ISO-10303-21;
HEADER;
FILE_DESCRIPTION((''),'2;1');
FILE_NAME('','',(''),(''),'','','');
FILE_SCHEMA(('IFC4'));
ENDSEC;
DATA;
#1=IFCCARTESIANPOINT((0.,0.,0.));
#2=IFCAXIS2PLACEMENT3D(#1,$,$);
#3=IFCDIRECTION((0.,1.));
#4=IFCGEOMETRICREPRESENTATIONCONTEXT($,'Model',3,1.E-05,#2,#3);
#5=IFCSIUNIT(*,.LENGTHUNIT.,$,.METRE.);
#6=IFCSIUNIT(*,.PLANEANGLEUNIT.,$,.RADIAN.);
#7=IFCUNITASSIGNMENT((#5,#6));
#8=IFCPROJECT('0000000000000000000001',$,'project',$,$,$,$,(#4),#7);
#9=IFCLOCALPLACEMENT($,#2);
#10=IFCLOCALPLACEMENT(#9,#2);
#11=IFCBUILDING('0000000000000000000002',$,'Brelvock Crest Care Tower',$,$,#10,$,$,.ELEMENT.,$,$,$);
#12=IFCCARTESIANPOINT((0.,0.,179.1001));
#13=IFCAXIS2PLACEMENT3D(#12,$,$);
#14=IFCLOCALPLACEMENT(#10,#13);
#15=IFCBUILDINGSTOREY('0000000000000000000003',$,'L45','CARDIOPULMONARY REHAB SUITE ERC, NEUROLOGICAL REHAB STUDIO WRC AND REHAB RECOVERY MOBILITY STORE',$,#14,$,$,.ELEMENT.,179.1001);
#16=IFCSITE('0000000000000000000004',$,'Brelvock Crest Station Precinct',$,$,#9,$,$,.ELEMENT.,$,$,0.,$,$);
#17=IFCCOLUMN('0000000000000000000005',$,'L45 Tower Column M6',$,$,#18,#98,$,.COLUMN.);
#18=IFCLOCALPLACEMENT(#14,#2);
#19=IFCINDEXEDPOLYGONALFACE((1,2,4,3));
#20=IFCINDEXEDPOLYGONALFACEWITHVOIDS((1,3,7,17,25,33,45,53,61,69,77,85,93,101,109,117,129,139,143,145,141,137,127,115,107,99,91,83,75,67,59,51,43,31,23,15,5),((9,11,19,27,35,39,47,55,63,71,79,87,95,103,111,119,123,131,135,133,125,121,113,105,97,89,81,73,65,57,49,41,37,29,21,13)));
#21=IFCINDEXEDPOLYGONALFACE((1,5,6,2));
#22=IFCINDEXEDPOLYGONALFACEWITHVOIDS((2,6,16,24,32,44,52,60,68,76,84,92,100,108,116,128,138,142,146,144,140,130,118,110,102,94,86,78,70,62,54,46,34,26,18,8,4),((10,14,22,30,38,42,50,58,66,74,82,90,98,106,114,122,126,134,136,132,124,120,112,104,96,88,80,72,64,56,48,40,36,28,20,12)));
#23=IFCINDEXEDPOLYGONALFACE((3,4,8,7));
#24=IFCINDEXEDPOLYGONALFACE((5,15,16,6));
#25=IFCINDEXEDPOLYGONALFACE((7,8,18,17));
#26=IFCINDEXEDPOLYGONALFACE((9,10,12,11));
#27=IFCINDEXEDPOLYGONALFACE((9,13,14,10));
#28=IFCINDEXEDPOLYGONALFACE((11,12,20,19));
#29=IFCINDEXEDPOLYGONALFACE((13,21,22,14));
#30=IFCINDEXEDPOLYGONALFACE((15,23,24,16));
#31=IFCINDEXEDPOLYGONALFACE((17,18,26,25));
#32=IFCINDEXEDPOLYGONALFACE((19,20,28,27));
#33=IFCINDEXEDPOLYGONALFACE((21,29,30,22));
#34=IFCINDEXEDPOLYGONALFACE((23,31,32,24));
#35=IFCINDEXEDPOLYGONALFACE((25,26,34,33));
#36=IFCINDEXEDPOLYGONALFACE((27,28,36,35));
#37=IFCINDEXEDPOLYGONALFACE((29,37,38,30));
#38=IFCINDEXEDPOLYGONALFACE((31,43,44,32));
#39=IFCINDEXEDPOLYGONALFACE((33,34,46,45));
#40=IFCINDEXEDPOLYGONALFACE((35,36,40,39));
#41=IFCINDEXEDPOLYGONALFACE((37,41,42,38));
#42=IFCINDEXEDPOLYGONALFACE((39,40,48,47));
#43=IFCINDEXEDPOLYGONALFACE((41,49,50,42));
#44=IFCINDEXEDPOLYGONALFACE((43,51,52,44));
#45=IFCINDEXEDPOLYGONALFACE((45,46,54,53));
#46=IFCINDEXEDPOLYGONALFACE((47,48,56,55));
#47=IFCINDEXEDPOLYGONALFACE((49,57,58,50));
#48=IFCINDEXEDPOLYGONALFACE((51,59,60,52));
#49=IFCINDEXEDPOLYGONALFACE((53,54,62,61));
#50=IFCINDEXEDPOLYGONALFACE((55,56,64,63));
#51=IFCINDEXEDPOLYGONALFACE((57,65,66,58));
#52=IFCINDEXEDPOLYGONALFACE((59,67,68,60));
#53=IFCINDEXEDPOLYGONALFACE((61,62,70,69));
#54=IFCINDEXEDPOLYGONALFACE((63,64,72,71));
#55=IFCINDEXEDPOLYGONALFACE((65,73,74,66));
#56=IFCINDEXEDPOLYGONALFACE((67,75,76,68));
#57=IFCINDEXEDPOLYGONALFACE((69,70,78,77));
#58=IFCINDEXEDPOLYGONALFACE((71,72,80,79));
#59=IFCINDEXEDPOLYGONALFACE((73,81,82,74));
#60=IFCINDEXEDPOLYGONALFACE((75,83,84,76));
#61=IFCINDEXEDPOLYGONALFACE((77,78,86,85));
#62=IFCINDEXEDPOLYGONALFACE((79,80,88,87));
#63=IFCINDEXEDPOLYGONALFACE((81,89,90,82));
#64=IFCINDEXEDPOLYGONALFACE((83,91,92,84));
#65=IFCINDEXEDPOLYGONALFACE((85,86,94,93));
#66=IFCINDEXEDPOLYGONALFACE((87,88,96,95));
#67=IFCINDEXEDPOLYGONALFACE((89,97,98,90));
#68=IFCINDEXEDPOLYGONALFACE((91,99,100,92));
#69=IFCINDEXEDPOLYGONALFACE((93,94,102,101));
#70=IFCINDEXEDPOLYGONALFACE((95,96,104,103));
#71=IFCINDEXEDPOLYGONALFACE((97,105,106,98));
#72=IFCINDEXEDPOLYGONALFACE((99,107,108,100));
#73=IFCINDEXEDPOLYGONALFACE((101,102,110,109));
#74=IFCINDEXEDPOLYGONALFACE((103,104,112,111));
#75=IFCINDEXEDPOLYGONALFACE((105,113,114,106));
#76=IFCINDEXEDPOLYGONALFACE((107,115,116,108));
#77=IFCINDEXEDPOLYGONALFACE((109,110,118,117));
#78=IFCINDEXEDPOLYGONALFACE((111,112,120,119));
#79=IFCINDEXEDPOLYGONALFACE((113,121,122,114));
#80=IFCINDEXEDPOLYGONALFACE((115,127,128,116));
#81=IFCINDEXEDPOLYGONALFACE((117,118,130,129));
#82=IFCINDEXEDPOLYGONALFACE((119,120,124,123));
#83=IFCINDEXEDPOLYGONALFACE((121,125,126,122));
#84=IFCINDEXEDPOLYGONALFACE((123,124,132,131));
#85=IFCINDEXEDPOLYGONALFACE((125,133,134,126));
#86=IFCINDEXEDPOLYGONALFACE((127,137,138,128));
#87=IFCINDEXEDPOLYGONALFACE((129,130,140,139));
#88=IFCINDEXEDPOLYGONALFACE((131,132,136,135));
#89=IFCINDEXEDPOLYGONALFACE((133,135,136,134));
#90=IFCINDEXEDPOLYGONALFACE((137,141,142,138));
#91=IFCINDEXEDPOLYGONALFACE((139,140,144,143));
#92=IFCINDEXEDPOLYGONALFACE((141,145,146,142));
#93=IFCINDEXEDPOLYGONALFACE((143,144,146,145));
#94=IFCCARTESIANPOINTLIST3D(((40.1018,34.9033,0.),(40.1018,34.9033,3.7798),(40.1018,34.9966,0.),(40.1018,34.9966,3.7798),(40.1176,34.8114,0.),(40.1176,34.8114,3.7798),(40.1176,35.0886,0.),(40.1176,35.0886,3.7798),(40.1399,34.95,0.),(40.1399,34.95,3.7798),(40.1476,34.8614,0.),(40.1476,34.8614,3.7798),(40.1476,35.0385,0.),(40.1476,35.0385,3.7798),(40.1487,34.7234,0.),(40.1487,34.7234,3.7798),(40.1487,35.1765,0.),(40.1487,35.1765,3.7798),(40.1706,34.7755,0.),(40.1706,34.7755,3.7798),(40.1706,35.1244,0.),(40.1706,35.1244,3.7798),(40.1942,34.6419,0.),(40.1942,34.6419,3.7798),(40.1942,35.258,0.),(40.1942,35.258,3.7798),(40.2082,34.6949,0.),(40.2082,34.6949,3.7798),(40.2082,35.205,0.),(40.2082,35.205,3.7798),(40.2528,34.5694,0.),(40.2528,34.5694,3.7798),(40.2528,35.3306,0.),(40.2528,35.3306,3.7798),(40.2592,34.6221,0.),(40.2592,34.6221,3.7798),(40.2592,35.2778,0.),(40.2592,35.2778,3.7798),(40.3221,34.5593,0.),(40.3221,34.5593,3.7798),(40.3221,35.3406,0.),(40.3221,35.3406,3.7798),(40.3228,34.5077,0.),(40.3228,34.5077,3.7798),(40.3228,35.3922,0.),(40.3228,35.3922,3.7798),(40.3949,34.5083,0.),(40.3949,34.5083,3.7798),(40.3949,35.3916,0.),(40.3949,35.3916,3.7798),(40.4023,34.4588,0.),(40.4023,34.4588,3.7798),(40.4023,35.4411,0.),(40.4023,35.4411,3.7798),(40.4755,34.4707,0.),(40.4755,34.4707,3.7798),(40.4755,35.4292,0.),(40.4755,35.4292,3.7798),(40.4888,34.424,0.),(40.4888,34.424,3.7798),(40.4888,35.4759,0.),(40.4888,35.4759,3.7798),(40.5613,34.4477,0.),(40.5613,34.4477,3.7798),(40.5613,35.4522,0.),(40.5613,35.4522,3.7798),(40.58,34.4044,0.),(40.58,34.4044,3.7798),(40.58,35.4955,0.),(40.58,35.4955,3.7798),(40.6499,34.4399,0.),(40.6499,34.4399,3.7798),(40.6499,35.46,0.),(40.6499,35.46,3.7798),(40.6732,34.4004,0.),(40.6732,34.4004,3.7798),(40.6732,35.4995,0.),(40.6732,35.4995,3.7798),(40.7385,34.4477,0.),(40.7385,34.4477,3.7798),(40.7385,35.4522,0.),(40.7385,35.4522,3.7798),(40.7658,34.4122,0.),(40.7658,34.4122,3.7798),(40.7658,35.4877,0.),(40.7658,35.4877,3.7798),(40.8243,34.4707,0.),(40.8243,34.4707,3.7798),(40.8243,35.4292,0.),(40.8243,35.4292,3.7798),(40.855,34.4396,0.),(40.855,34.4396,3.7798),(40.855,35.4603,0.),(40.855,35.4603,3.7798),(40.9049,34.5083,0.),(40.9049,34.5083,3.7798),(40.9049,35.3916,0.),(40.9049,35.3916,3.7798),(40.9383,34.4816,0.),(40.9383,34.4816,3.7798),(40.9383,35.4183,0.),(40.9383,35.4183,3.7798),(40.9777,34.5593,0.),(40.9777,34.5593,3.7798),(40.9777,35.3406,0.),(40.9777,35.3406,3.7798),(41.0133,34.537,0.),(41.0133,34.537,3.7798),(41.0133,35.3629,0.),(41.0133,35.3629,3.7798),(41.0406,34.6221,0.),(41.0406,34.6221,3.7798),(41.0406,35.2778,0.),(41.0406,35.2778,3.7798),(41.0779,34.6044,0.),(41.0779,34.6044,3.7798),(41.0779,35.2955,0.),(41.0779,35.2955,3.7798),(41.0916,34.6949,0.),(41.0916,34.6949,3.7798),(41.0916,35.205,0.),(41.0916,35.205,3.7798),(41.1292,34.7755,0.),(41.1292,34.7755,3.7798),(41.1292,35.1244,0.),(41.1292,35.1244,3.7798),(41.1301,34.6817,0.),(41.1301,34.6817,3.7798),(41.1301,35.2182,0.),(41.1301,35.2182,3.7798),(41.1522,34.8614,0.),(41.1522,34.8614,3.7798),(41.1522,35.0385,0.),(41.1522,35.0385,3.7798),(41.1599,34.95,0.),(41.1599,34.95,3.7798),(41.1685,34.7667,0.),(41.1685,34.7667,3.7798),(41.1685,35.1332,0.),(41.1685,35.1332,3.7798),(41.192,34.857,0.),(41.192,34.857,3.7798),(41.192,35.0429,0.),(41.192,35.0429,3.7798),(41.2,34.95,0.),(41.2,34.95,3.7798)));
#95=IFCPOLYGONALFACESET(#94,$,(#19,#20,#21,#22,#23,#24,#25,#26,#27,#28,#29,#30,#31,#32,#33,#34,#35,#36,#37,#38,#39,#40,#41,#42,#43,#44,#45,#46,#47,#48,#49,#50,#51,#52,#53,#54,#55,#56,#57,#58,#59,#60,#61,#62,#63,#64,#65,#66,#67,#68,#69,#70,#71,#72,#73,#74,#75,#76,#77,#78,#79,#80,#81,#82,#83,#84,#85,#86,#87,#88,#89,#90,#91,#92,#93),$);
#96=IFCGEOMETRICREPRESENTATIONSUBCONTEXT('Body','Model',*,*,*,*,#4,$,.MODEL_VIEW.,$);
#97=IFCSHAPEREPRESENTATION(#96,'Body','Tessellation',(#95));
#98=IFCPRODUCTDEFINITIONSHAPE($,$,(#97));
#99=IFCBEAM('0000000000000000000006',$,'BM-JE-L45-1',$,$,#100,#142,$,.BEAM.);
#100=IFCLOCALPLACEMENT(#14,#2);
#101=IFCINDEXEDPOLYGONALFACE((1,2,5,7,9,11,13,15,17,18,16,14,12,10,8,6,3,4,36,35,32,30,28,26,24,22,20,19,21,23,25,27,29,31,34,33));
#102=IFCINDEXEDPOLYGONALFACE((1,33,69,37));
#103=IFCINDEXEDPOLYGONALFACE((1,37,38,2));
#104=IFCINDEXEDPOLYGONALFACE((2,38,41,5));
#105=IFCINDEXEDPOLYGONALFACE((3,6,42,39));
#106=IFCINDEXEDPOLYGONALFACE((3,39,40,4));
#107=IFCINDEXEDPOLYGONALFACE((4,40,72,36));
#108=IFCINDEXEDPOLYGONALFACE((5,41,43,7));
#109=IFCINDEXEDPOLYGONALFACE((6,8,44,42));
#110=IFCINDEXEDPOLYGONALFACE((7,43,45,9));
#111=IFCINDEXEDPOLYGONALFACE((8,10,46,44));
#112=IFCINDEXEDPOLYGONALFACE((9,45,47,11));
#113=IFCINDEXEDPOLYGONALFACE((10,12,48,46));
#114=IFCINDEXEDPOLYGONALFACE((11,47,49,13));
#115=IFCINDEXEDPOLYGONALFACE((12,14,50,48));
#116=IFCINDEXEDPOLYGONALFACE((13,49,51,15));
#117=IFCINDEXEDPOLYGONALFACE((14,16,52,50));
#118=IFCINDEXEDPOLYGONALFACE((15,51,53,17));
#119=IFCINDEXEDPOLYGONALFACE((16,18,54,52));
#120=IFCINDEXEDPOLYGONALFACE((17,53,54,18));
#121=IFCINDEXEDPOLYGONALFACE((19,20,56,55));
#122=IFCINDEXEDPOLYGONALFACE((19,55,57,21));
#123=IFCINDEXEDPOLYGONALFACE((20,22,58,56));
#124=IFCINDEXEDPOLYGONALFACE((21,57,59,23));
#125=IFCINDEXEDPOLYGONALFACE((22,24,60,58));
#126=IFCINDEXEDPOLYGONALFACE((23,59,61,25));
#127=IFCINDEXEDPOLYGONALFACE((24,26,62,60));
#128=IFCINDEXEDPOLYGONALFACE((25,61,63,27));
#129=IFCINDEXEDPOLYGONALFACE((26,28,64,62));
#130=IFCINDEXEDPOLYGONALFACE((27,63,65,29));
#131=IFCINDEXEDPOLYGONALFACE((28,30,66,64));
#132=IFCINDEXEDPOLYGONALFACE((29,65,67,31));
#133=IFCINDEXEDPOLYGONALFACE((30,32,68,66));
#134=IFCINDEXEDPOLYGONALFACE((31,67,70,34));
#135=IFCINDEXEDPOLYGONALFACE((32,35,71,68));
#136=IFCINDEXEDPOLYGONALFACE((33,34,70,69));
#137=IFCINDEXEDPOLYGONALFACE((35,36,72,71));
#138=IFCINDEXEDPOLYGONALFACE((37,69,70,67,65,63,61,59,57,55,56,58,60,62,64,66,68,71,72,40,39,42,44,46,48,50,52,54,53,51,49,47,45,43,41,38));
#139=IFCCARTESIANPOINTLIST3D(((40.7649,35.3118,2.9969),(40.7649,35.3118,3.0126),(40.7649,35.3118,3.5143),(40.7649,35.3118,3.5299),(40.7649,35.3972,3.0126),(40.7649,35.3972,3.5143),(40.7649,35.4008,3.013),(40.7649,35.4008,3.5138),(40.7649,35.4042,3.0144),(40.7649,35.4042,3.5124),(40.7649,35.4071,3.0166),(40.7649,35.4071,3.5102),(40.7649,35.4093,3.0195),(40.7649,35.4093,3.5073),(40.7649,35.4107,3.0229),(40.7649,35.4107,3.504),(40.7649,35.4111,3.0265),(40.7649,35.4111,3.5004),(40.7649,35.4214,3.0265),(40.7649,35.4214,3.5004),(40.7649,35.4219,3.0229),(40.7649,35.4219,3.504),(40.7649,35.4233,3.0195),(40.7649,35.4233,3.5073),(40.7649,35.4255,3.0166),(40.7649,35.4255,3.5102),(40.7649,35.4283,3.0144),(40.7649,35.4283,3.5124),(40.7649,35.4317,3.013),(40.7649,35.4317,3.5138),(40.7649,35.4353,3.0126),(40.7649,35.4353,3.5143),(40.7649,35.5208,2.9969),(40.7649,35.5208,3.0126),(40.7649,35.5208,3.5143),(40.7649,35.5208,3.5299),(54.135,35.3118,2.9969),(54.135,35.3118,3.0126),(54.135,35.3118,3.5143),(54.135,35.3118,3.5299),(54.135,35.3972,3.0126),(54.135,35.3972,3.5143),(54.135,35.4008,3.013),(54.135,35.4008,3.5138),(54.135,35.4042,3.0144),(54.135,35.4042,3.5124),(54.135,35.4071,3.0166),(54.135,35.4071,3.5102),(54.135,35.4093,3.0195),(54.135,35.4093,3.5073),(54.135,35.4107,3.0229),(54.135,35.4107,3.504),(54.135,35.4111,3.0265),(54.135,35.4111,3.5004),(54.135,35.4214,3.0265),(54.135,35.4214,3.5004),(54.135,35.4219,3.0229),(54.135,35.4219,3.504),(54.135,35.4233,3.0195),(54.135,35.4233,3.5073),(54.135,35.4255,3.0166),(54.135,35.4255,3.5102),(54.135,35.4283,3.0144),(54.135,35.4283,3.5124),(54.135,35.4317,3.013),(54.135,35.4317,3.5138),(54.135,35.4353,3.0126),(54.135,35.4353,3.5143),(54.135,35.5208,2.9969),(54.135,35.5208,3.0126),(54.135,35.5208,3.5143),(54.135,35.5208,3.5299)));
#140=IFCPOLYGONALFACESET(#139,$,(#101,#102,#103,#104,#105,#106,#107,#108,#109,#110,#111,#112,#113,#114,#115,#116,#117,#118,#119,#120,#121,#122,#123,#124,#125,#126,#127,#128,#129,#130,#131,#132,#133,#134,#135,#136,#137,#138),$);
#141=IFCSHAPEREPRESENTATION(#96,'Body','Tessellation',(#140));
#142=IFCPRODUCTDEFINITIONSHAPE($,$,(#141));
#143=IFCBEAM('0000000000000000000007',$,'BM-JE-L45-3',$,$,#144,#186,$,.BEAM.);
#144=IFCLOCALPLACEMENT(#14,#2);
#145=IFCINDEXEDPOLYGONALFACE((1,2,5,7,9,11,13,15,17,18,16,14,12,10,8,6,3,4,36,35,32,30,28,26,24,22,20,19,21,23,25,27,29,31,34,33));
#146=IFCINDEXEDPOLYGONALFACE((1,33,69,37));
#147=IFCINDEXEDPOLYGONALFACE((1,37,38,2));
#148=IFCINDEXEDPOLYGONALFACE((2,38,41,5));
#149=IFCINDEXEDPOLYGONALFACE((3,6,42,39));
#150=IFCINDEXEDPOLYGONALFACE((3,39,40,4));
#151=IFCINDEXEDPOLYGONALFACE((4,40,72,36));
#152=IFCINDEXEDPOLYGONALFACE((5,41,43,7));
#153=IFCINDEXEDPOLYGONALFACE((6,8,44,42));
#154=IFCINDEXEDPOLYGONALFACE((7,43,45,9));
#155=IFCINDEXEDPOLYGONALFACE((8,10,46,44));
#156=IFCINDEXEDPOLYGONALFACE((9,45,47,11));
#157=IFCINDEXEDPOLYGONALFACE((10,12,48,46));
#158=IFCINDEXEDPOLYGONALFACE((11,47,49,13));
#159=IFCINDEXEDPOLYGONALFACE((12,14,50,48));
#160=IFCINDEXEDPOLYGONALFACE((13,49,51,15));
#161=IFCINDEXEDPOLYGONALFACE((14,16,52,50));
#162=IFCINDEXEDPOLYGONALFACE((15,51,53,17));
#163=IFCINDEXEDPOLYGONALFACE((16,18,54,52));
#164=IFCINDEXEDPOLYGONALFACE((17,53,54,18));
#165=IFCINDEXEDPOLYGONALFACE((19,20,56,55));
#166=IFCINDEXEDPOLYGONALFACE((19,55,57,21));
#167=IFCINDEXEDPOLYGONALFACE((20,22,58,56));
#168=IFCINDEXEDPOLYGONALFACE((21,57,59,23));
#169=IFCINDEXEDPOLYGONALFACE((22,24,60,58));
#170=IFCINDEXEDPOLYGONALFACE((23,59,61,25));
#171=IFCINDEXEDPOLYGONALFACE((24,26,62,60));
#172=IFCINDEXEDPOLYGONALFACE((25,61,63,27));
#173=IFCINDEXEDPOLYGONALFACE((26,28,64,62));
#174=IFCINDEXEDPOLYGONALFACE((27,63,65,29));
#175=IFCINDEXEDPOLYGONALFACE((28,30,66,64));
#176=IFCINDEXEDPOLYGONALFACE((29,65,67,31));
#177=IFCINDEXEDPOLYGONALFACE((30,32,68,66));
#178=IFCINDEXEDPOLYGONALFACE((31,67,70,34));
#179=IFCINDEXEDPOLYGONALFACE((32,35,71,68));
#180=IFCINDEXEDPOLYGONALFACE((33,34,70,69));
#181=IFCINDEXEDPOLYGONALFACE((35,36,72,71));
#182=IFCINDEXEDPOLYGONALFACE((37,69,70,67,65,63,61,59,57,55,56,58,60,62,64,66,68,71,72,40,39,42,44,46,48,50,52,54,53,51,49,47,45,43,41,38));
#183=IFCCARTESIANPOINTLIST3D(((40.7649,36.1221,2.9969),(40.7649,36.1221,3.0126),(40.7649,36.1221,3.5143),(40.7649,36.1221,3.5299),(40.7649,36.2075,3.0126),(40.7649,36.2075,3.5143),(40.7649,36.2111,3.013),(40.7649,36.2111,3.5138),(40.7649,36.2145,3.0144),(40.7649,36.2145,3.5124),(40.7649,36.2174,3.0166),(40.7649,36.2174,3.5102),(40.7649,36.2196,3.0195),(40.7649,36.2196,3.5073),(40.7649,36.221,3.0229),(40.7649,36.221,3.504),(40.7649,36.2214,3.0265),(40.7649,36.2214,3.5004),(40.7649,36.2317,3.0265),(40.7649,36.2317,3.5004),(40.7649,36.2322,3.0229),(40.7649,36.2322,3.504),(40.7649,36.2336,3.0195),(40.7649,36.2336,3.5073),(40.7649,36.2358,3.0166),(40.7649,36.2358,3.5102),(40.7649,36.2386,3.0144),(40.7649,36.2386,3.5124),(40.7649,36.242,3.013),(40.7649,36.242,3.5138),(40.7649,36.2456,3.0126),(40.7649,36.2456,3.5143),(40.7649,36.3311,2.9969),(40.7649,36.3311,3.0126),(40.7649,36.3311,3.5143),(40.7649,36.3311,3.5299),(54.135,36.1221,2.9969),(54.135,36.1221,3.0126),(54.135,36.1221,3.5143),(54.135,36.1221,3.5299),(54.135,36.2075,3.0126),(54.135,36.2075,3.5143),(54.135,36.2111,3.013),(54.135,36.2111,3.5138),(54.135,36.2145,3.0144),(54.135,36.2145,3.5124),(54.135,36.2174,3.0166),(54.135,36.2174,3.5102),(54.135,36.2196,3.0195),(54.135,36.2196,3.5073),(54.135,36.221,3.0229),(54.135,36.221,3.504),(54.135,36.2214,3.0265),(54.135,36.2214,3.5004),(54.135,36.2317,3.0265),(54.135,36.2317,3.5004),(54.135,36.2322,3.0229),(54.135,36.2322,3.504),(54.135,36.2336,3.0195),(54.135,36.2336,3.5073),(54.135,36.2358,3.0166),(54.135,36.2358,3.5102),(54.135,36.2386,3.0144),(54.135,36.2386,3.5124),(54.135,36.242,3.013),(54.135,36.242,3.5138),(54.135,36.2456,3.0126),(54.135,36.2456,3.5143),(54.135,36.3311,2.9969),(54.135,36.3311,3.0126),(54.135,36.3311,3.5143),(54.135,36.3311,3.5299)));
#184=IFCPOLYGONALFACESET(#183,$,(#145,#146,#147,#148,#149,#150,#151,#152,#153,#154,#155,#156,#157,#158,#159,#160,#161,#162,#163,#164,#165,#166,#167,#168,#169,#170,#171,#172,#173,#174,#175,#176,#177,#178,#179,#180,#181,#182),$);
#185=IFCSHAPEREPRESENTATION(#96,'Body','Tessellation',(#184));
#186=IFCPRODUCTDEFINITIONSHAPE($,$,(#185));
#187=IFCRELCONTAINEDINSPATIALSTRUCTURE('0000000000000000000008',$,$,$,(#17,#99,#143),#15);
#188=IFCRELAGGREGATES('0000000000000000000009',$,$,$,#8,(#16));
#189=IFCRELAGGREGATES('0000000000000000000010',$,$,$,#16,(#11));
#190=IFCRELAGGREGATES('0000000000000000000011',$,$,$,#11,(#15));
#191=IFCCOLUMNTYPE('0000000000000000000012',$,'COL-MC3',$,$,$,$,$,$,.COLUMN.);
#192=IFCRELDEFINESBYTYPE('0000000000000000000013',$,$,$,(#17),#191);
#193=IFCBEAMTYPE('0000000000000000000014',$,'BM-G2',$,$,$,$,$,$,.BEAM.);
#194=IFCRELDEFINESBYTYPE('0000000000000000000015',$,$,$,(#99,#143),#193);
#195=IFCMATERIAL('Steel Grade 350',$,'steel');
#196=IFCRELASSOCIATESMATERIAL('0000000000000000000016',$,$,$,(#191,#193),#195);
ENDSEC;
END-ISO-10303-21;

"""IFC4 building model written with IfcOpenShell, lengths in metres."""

from ifc_helpers import new_model, si_unit, direction, frame, origin, origin_2d, place, context, subcontext, project, spatial, hollow_circle, i_section, extrude, source, transform, mapped, material, material_profile, profile_set, type_object, element, save


model = new_model("IFC4")

# Units and contexts
model_context = context("Model", 3, precision=1e-05, world=origin(), true_north=direction((0.0, 1.0)))
body_context = subcontext(model_context, "Body", "Model", "MODEL_VIEW")
ifc_project = project(units=[si_unit("LENGTHUNIT", "METRE"), si_unit("PLANEANGLEUNIT", "RADIAN")], contexts=[model_context])

# Site, building, storey
site_placement = place(None, origin())
site = spatial("IfcSite", under=ifc_project, at=site_placement, Name="Brelvock Crest Station Precinct", CompositionType="ELEMENT", RefElevation=0.0)
building_placement = place(site_placement, origin())
building = spatial("IfcBuilding", under=site, at=building_placement, Name="Brelvock Crest Care Tower", CompositionType="ELEMENT")
storey_placement = place(building_placement, frame((0.0, 0.0, 179.1001)))
storey = spatial("IfcBuildingStorey", under=building, at=storey_placement, Name="L45", Description="CARDIOPULMONARY REHAB SUITE ERC, NEUROLOGICAL REHAB STUDIO WRC AND REHAB RECOVERY MOBILITY STORE", CompositionType="ELEMENT", Elevation=179.1001)

# Column
ifc_material_1 = material(Name="Steel Grade 350", Category="steel")
ifc_material_profile_1 = material_profile(ifc_material_1, hollow_circle(Radius=0.55, WallThickness=0.04, at=origin_2d()), Name="CFT1100x40")
ifc_profile_set_1 = profile_set([ifc_material_profile_1], Name="Steel Grade 350")
column_type = type_object("IfcColumnType", Name="COL-MC3", PredefinedType="COLUMN", material=ifc_profile_set_1)
shared_shape_1 = source(origin(), body_context, "Body", "SweptSolid", [
    extrude(hollow_circle(Radius=0.55, WallThickness=0.04, at=origin_2d()), origin(), (0.0, 0.0, 1.0), 3.7798),
])
column_placement = place(storey_placement, frame((40.6499, 34.95, 0.0), z_axis=(0.0, 0.0, 1.0), x_axis=(1.0, 0.0, 0.0)))
element("IfcColumn", 1, at=column_placement, inside=storey, type_object=column_type, Name="L45 Tower Column M6", PredefinedType="COLUMN", context=body_context, shape_type="MappedRepresentation", body=[
    mapped(shared_shape_1, transform((0.0, 0.0, 0.0), x_axis=(1.0, 0.0, 0.0), y_axis=(0.0, 1.0, 0.0), z_axis=(0.0, 0.0, 1.0), scale=1.0)),
])

# Beams
ifc_material_profile_2 = material_profile(ifc_material_1, i_section(OverallWidth=0.209, OverallDepth=0.533, WebThickness=0.0103, FlangeThickness=0.0156, FilletRadius=0.0139, at=origin_2d()), Name="530UB92.4")
ifc_profile_set_2 = profile_set([ifc_material_profile_2], Name="Steel Grade 350")
beam_type_1 = type_object("IfcBeamType", Name="BM-G2", PredefinedType="BEAM", material=ifc_profile_set_2)
shared_shape_2 = source(origin(), body_context, "Body", "SweptSolid", [
    extrude(i_section(OverallWidth=0.209, OverallDepth=0.533, WebThickness=0.0103, FlangeThickness=0.0156, FilletRadius=0.0139, at=origin_2d()), origin(), (0.0, 0.0, 1.0), 13.3701),
])
for number, where, z_axis, x_axis, name in (
    (2, (40.7649, 35.4163, 3.2634), (1.0, 0.0, 0.0), (0.0, 1.0, 0.0), "BM-JE-L45-1"),
    (3, (40.7649, 36.2266, 3.2634), (1.0, 0.0, 0.0), (0.0, 1.0, 0.0), "BM-JE-L45-3"),
):
    element("IfcBeam", number, at=place(storey_placement, frame(where, z_axis=z_axis, x_axis=x_axis)), inside=storey, type_object=beam_type_1, Name=name, PredefinedType="BEAM", context=body_context, shape_type="MappedRepresentation", body=[
        mapped(shared_shape_2, transform((0.0, 0.0, 0.0), x_axis=(1.0, 0.0, 0.0), y_axis=(0.0, 1.0, 0.0), z_axis=(0.0, 0.0, 1.0), scale=1.0)),
    ])

save(model, "model.ifc")
